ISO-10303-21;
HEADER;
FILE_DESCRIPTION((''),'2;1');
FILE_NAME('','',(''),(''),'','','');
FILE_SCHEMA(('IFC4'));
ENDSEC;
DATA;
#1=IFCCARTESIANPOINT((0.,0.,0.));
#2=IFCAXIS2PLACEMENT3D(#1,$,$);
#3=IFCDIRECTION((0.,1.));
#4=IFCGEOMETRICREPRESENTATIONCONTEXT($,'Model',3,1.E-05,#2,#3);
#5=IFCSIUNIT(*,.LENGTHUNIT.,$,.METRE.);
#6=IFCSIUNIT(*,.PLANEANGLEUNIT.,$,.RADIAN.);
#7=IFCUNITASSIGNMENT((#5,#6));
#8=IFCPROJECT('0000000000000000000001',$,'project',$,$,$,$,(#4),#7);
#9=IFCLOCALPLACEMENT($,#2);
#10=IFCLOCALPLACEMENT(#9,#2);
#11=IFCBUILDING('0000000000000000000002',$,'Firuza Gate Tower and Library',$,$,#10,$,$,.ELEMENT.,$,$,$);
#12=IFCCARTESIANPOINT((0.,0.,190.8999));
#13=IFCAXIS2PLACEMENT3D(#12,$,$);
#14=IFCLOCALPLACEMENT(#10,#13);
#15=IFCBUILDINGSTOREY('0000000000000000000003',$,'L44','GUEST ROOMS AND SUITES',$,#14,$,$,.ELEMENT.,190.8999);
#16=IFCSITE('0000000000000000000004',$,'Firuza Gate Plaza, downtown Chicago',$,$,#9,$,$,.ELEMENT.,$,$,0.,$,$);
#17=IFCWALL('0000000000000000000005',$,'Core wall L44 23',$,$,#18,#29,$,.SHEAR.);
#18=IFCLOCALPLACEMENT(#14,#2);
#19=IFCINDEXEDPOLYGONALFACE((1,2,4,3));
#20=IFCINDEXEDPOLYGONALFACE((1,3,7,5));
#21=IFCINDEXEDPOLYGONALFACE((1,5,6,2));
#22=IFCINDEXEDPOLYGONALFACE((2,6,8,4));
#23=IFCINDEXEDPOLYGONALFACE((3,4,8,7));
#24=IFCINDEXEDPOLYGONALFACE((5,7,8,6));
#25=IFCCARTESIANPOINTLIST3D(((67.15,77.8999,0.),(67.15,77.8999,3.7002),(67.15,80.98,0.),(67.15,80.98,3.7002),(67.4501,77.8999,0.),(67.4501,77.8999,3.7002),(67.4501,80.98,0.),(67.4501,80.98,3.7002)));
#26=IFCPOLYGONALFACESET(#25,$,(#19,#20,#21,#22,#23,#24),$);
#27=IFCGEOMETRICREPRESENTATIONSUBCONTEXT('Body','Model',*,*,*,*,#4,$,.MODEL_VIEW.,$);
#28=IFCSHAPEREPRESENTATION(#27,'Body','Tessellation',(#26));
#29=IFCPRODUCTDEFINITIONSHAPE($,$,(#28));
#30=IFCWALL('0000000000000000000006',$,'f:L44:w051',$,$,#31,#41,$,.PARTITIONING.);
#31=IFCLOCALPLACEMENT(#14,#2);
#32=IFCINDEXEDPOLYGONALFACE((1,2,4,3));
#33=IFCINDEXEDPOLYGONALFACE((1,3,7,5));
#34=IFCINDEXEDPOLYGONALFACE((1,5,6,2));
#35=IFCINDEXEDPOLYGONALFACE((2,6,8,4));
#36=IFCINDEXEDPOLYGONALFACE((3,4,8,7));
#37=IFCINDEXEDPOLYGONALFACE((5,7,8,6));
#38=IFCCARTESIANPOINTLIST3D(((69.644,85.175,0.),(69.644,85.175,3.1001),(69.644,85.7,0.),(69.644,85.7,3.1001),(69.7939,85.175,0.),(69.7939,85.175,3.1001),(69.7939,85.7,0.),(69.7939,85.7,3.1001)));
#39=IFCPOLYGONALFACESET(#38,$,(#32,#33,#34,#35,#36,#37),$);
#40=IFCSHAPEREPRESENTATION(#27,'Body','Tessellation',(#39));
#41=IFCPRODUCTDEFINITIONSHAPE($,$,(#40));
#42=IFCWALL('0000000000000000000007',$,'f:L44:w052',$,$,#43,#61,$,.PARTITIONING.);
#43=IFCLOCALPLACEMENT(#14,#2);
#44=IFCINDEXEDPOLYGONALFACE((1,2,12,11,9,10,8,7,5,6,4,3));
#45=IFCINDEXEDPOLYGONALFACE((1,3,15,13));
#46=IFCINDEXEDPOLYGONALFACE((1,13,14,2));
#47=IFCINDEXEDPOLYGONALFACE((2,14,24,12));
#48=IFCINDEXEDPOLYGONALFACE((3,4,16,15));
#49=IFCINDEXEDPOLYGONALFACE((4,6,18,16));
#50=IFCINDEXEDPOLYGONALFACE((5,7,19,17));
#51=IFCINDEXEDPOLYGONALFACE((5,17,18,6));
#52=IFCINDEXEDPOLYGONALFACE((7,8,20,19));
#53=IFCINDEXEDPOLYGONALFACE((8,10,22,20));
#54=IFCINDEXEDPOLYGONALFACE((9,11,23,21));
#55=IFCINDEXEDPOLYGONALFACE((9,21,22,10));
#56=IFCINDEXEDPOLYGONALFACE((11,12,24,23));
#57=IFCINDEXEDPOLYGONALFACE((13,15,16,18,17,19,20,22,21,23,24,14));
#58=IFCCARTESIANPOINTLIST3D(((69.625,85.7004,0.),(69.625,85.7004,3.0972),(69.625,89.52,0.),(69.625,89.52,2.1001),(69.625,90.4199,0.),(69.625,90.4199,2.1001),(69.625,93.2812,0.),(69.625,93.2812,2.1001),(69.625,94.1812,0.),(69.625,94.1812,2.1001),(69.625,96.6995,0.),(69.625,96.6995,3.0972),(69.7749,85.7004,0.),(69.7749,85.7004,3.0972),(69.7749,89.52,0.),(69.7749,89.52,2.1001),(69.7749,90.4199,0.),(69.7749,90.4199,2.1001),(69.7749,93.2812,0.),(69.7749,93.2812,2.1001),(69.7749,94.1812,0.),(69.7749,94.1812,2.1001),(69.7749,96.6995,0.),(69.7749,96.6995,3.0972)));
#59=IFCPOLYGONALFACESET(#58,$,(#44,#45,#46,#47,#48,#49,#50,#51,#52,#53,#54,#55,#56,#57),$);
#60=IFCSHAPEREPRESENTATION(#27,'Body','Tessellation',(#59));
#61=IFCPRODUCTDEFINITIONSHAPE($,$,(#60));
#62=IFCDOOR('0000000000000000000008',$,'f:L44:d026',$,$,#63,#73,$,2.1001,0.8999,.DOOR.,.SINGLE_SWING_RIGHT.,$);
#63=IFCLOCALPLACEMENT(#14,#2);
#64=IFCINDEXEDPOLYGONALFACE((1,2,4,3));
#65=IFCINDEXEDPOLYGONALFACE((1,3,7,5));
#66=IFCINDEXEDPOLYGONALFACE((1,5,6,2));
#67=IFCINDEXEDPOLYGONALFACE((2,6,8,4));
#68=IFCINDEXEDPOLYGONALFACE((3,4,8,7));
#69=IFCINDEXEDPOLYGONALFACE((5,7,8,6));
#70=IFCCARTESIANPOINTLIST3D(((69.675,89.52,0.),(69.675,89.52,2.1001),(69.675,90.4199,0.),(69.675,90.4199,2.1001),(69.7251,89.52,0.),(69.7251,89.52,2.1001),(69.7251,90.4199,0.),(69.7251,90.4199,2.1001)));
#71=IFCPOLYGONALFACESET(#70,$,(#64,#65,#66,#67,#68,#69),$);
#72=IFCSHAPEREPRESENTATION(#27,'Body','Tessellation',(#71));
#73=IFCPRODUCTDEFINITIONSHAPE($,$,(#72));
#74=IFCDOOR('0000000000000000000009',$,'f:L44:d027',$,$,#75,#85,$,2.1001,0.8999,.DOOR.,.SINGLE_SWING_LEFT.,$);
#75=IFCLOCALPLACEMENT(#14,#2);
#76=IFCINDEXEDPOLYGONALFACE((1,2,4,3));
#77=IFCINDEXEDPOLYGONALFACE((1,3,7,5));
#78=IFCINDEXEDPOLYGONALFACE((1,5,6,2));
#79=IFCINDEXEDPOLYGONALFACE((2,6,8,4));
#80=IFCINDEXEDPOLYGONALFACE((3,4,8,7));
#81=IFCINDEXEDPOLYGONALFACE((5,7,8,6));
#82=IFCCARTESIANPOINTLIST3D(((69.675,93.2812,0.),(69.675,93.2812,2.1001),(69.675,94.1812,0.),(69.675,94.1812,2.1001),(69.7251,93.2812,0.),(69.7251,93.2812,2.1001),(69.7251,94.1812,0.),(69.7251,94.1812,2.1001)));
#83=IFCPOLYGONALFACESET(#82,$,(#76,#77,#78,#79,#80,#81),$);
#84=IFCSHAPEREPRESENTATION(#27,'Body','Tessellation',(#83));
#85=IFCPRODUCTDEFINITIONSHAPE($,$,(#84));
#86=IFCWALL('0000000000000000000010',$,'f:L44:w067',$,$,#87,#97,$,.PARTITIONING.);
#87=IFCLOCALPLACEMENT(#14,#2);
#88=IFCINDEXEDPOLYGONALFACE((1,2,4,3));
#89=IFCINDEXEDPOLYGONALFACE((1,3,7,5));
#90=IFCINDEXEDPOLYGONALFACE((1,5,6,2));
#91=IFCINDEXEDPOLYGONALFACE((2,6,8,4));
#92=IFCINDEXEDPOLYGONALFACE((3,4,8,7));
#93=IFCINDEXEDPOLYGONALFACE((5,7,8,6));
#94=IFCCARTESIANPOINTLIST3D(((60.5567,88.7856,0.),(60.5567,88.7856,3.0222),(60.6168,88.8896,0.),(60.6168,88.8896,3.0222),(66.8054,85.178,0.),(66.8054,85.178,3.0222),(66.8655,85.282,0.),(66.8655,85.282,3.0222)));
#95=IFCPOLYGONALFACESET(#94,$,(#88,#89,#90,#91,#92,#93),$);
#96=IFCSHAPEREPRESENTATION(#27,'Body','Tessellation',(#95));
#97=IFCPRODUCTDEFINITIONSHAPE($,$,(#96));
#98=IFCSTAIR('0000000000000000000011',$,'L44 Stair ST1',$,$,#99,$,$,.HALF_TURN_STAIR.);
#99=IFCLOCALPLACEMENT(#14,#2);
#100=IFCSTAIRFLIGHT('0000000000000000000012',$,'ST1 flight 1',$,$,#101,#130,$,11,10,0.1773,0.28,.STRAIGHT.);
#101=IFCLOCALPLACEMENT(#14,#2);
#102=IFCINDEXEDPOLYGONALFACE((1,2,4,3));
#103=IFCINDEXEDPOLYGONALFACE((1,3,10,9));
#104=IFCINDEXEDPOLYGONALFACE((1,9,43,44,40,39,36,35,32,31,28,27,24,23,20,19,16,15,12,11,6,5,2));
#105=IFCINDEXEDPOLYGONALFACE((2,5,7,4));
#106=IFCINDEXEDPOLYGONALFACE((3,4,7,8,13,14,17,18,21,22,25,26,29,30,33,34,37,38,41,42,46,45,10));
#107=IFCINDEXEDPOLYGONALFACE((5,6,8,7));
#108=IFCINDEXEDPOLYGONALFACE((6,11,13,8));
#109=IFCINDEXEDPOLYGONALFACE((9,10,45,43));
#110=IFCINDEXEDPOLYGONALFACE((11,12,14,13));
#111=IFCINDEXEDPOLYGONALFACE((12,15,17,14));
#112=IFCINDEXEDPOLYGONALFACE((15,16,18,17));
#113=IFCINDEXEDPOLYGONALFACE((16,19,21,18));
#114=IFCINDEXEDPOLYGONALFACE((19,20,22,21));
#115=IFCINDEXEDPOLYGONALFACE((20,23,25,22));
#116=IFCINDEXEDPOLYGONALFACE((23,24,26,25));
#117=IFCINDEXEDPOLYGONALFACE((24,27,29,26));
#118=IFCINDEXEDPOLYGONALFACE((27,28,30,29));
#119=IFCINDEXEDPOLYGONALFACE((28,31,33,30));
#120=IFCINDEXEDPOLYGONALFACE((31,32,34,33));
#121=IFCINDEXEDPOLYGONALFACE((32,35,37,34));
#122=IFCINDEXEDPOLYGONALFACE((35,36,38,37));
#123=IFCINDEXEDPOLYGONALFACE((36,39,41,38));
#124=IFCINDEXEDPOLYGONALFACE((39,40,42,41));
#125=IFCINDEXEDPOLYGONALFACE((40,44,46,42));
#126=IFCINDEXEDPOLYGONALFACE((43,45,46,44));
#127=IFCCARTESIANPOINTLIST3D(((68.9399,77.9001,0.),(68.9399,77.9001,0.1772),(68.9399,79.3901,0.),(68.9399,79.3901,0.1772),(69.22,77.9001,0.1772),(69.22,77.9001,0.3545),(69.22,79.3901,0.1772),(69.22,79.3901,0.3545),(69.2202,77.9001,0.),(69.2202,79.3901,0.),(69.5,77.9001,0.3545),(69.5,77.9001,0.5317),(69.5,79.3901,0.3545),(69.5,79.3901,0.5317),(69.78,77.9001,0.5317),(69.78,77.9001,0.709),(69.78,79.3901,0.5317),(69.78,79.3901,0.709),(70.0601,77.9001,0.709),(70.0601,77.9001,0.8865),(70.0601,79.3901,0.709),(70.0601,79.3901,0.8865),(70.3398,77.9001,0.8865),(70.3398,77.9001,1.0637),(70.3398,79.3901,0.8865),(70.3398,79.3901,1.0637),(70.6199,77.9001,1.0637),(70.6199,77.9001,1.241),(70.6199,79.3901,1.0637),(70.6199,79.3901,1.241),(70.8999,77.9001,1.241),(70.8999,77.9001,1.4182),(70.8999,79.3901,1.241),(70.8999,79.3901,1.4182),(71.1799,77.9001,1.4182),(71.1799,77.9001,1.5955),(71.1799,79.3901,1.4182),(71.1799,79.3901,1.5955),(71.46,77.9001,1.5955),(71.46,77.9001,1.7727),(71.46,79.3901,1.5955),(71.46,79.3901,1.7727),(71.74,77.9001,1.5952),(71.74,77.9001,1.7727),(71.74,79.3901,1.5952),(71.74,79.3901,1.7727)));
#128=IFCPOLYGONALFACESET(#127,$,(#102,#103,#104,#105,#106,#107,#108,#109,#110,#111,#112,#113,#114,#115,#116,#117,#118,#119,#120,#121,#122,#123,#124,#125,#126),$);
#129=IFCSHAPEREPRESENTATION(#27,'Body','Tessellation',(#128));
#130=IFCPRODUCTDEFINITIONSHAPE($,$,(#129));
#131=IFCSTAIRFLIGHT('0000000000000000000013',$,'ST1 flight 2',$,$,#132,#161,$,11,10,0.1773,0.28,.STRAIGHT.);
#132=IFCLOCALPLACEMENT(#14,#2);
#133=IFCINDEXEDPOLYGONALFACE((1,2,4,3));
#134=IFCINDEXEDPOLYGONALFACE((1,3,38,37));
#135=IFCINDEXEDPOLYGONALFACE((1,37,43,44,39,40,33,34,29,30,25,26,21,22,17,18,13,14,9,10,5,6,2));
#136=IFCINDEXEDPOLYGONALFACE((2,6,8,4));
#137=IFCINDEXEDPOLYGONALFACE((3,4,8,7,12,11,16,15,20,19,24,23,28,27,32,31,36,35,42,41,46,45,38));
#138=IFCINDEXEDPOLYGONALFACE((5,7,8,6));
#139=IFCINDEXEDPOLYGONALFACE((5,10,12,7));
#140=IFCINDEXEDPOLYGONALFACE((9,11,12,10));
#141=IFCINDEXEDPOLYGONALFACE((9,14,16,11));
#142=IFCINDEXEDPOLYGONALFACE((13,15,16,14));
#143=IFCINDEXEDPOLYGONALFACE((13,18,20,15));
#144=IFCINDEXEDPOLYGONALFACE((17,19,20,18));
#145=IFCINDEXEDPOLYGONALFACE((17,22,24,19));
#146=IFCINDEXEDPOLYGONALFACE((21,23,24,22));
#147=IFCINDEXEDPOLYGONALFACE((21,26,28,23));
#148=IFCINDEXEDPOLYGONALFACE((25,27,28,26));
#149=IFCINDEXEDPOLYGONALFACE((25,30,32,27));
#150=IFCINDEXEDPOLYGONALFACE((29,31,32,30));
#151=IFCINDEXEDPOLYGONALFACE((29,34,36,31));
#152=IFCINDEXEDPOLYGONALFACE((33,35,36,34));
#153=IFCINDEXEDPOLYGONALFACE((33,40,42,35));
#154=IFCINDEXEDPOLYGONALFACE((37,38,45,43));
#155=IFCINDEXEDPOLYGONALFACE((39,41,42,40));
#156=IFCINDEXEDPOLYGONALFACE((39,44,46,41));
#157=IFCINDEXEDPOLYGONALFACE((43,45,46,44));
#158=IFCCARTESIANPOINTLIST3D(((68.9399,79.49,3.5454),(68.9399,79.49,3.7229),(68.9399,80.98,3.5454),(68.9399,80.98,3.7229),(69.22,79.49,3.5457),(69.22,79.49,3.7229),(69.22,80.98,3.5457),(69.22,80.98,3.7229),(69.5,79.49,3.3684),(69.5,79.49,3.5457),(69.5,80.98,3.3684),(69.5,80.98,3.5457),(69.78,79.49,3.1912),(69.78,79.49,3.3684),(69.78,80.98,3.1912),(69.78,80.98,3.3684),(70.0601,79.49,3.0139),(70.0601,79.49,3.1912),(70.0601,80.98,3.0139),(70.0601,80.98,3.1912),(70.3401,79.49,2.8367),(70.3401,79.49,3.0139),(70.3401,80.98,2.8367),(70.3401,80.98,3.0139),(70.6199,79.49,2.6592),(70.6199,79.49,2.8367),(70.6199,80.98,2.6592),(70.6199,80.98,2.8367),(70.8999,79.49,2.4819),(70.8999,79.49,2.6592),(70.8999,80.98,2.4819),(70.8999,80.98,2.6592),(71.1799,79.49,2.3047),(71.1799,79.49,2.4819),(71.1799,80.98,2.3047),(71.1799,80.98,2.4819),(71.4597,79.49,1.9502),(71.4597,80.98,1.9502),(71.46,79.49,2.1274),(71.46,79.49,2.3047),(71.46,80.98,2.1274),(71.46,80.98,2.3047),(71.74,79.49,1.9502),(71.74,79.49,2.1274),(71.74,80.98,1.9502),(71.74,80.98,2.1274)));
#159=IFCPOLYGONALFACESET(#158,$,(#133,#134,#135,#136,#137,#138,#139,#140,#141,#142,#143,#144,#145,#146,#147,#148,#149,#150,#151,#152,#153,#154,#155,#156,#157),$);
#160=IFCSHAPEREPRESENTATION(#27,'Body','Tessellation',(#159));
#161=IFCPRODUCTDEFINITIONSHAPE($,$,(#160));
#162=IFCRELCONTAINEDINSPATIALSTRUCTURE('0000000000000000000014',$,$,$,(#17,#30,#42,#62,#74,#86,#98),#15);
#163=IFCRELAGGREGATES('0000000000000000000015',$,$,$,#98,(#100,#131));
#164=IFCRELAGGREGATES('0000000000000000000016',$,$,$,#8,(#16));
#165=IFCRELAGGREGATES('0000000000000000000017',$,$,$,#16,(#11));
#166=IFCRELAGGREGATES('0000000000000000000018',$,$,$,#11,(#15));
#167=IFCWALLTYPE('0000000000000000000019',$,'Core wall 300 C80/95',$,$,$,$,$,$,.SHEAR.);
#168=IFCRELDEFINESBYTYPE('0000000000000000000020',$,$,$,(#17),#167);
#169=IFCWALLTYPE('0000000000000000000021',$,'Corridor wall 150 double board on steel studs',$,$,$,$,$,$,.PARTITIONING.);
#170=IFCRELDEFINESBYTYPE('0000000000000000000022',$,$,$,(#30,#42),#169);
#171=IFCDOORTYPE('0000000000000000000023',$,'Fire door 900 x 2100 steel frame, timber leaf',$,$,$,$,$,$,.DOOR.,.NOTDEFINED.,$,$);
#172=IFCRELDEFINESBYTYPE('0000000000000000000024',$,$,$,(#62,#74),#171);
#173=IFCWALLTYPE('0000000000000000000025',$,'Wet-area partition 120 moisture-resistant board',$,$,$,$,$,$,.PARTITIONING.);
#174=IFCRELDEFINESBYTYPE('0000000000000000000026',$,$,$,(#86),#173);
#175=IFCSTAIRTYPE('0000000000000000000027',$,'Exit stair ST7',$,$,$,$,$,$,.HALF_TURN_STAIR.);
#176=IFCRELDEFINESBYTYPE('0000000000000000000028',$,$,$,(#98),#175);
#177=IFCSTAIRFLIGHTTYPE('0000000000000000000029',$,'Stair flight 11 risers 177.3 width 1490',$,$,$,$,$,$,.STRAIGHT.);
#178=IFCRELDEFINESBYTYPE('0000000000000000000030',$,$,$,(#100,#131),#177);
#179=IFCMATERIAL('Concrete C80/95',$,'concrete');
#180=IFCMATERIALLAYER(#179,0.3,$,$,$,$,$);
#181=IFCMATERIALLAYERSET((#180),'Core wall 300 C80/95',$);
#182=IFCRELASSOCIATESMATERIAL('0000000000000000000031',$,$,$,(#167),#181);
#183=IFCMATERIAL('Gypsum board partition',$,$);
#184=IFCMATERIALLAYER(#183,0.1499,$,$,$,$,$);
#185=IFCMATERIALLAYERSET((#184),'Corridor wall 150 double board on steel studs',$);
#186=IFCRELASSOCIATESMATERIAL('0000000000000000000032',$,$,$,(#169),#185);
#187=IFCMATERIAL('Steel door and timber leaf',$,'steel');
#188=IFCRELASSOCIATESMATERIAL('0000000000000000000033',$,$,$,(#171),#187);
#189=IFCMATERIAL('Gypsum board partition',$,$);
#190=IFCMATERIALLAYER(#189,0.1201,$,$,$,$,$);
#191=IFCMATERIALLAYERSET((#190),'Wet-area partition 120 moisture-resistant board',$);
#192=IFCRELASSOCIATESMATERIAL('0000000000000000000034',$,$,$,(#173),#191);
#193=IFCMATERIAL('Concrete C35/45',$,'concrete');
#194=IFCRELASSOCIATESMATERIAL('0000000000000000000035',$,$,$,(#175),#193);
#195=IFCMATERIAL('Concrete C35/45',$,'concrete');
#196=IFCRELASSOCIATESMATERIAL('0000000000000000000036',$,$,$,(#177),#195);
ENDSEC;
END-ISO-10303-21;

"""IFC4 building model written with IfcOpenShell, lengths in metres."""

from ifc_helpers import new_model, si_unit, direction, frame, frame_2d, origin, place, context, subcontext, project, spatial, polyline, rectangle, outline, extrude, material, layer, layer_set, type_object, element, fill, aggregate, save


model = new_model("IFC4")

# Units and contexts
model_context = context("Model", 3, precision=1e-05, world=origin(), true_north=direction((0.0, 1.0)))
body_context = subcontext(model_context, "Body", "Model", "MODEL_VIEW")
ifc_project = project(units=[si_unit("LENGTHUNIT", "METRE"), si_unit("PLANEANGLEUNIT", "RADIAN")], contexts=[model_context])

# Site, building, storey
site_placement = place(None, origin())
site = spatial("IfcSite", under=ifc_project, at=site_placement, Name="Firuza Gate Plaza, downtown Chicago", CompositionType="ELEMENT", RefElevation=0.0)
building_placement = place(site_placement, origin())
building = spatial("IfcBuilding", under=site, at=building_placement, Name="Firuza Gate Tower and Library", CompositionType="ELEMENT")
storey_placement = place(building_placement, frame((0.0, 0.0, 190.8999)))
storey = spatial("IfcBuildingStorey", under=building, at=storey_placement, Name="L44", Description="GUEST ROOMS AND SUITES", CompositionType="ELEMENT", Elevation=190.8999)

# Shared definitions
ifc_material_1 = material(Name="Concrete C80/95", Category="concrete")
ifc_layer_1 = layer(ifc_material_1, 0.3)
ifc_layer_set_1 = layer_set([ifc_layer_1], Name="Core wall 300 C80/95")
wall_type_1 = type_object("IfcWallType", Name="Core wall 300 C80/95", PredefinedType="SHEAR", material=ifc_layer_set_1)

# Walls
wall_1_placement = place(storey_placement, frame((67.3, 77.8999, 0.0), z_axis=(0.0, 0.0, 1.0), x_axis=(0.0, 1.0, 0.0)))
element("IfcWall", 1, at=wall_1_placement, inside=storey, type_object=wall_type_1, Name="Core wall L44 23", PredefinedType="SHEAR", context=body_context, shape_type="SweptSolid", body=[
    extrude(rectangle(XDim=3.0801, YDim=0.3, at=frame_2d((1.54, 0.0))), origin(), (0.0, 0.0, 1.0), 3.7002),
])
ifc_material_2 = material(Name="Gypsum board partition")
ifc_layer_2 = layer(ifc_material_2, 0.1499)
ifc_layer_set_2 = layer_set([ifc_layer_2], Name="Corridor wall 150 double board on steel studs")
wall_type_2 = type_object("IfcWallType", Name="Corridor wall 150 double board on steel studs", PredefinedType="PARTITIONING", material=ifc_layer_set_2)
wall_2_placement = place(storey_placement, frame((69.719, 85.175, 0.0), z_axis=(0.0, 0.0, 1.0), x_axis=(0.0, 1.0, 0.0)))
element("IfcWall", 2, at=wall_2_placement, inside=storey, type_object=wall_type_2, Name="f:L44:w051", PredefinedType="PARTITIONING", context=body_context, shape_type="SweptSolid", body=[
    extrude(rectangle(XDim=0.5249, YDim=0.1499, at=frame_2d((0.2625, 0.0))), origin(), (0.0, 0.0, 1.0), 3.1001),
])

# Wall, openings, doors
wall_3_placement = place(storey_placement, frame((69.7, 85.7004, 0.0), z_axis=(0.0, 0.0, 1.0), x_axis=(0.0, 1.0, 0.0)))
wall_3 = element("IfcWall", 3, at=wall_3_placement, inside=storey, type_object=wall_type_2, Name="f:L44:w052", PredefinedType="PARTITIONING", context=body_context, shape_type="SweptSolid", body=[
    extrude(rectangle(XDim=10.999, YDim=0.1499, at=frame_2d((5.4995, 0.0))), origin(), (0.0, 0.0, 1.0), 3.0972),
])
opening_1_placement = place(wall_3_placement, frame((3.8196, 0.0, 0.0)))
opening_1 = element("IfcOpeningElement", 4, at=opening_1_placement, cuts=wall_3, PredefinedType="OPENING", context=body_context, shape_type="SweptSolid", body=[
    extrude(rectangle(XDim=0.8999, YDim=2.1001, at=frame_2d((0.45, 1.05))), frame((0.0, 0.085, 0.0), z_axis=(0.0, -1.0, 0.0), x_axis=(1.0, 0.0, 0.0)), (0.0, 0.0, 1.0), 0.1699),
])
opening_2_placement = place(wall_3_placement, frame((7.5808, 0.0, 0.0)))
opening_2 = element("IfcOpeningElement", 5, at=opening_2_placement, cuts=wall_3, PredefinedType="OPENING", context=body_context, shape_type="SweptSolid", body=[
    extrude(rectangle(XDim=0.8999, YDim=2.1001, at=frame_2d((0.45, 1.05))), frame((0.0, 0.085, 0.0), z_axis=(0.0, -1.0, 0.0), x_axis=(1.0, 0.0, 0.0)), (0.0, 0.0, 1.0), 0.1699),
])
ifc_material_3 = material(Name="Steel door and timber leaf", Category="steel")
door_type_1 = type_object("IfcDoorType", Name="Fire door 900 x 2100 steel frame, timber leaf", OperationType="NOTDEFINED", PredefinedType="DOOR", material=ifc_material_3)
door_1_placement = place(opening_1_placement, origin())
door_1 = element("IfcDoor", 6, at=door_1_placement, inside=storey, type_object=door_type_1, Name="f:L44:d026", OperationType="SINGLE_SWING_RIGHT", OverallHeight=2.1001, OverallWidth=0.8999, PredefinedType="DOOR", context=body_context, shape_type="SweptSolid", body=[
    extrude(rectangle(XDim=0.8999, YDim=2.1001, at=frame_2d((0.45, 1.05))), frame((0.0, 0.0249, 0.0), z_axis=(0.0, -1.0, 0.0), x_axis=(1.0, 0.0, 0.0)), (0.0, 0.0, 1.0), 0.05),
])
fill(opening_1, door_1)
door_2_placement = place(opening_2_placement, origin())
door_2 = element("IfcDoor", 7, at=door_2_placement, inside=storey, type_object=door_type_1, Name="f:L44:d027", OperationType="SINGLE_SWING_LEFT", OverallHeight=2.1001, OverallWidth=0.8999, PredefinedType="DOOR", context=body_context, shape_type="SweptSolid", body=[
    extrude(rectangle(XDim=0.8999, YDim=2.1001, at=frame_2d((0.45, 1.05))), frame((0.0, 0.0249, 0.0), z_axis=(0.0, -1.0, 0.0), x_axis=(1.0, 0.0, 0.0)), (0.0, 0.0, 1.0), 0.05),
])
fill(opening_2, door_2)

# Wall
ifc_material_4 = material(Name="Gypsum board partition")
ifc_layer_3 = layer(ifc_material_4, 0.1201)
ifc_layer_set_3 = layer_set([ifc_layer_3], Name="Wet-area partition 120 moisture-resistant board")
wall_type_3 = type_object("IfcWallType", Name="Wet-area partition 120 moisture-resistant board", PredefinedType="PARTITIONING", material=ifc_layer_set_3)
wall_4_placement = place(storey_placement, frame((66.8354, 85.23, 0.0), z_axis=(0.0, 0.0, 1.0), x_axis=(-0.86603, 0.499993, 0.0)))
element("IfcWall", 8, at=wall_4_placement, inside=storey, type_object=wall_type_3, Name="f:L44:w067", PredefinedType="PARTITIONING", context=body_context, shape_type="SweptSolid", body=[
    extrude(rectangle(XDim=7.2153, YDim=0.1201, at=frame_2d((3.6077, 0.0))), origin(), (0.0, 0.0, 1.0), 3.0222),
])

# Stair, stair flights
ifc_material_5 = material(Name="Concrete C35/45", Category="concrete")
stair_type = type_object("IfcStairType", Name="Exit stair ST7", PredefinedType="HALF_TURN_STAIR", material=ifc_material_5)
stair_placement = place(storey_placement, origin())
stair = element("IfcStair", 9, at=stair_placement, inside=storey, type_object=stair_type, Name="L44 Stair ST1", PredefinedType="HALF_TURN_STAIR")
ifc_material_6 = material(Name="Concrete C35/45", Category="concrete")
stair_flight_type = type_object("IfcStairFlightType", Name="Stair flight 11 risers 177.3 width 1490", PredefinedType="STRAIGHT", material=ifc_material_6)
stair_flight_1_placement = place(storey_placement, frame((68.9399, 78.645, 0.0), z_axis=(0.0, 0.0, 1.0), x_axis=(1.0, 0.0, 0.0)))
stair_flight_1 = element("IfcStairFlight", 10, at=stair_flight_1_placement, type_object=stair_flight_type, Name="ST1 flight 1", NumberOfRisers=11, NumberOfTreads=10, PredefinedType="STRAIGHT", RiserHeight=0.1773, TreadLength=0.28, context=body_context, shape_type="SweptSolid", body=[
    extrude(outline(polyline([(0.0, 0.0), (0.0, 0.1772), (0.28, 0.1772), (0.28, 0.3545), (0.5601, 0.3545), (0.5601, 0.5317), (0.8401, 0.5317), (0.8401, 0.709), (1.1201, 0.709), (1.1201, 0.8865), (1.3999, 0.8865), (1.3999, 1.0637), (1.6799, 1.0637), (1.6799, 1.241), (1.96, 1.241), (1.96, 1.4182), (2.24, 1.4182), (2.24, 1.5955), (2.52, 1.5955), (2.52, 1.7727), (2.8, 1.7727), (2.8, 1.95), (2.8, 1.5952), (0.2803, 0.0), (0.0, 0.0)])), frame((0.0, 0.7451, 0.0), z_axis=(0.0, -1.0, 0.0), x_axis=(1.0, 0.0, 0.0)), (0.0, 0.0, 1.0), 1.49),
])
stair_flight_2_placement = place(storey_placement, frame((71.74, 80.2351, 1.9502), z_axis=(0.0, 0.0, 1.0), x_axis=(-1.0, 0.0, 0.0)))
stair_flight_2 = element("IfcStairFlight", 11, at=stair_flight_2_placement, type_object=stair_flight_type, Name="ST1 flight 2", NumberOfRisers=11, NumberOfTreads=10, PredefinedType="STRAIGHT", RiserHeight=0.1773, TreadLength=0.28, context=body_context, shape_type="SweptSolid", body=[
    extrude(outline(polyline([(0.0, 0.0), (0.0, 0.1772), (0.28, 0.1772), (0.28, 0.3545), (0.5601, 0.3545), (0.5601, 0.5317), (0.8401, 0.5317), (0.8401, 0.709), (1.1201, 0.709), (1.1201, 0.8865), (1.3999, 0.8865), (1.3999, 1.0637), (1.6799, 1.0637), (1.6799, 1.241), (1.96, 1.241), (1.96, 1.4182), (2.24, 1.4182), (2.24, 1.5955), (2.52, 1.5955), (2.52, 1.7727), (2.8, 1.7727), (2.8, 1.95), (2.8, 1.5952), (0.2803, 0.0), (0.0, 0.0)])), frame((0.0, 0.7451, 0.0), z_axis=(0.0, -1.0, 0.0), x_axis=(1.0, 0.0, 0.0)), (0.0, 0.0, 1.0), 1.49),
])
aggregate(stair, [stair_flight_1, stair_flight_2])

save(model, "model.ifc")
